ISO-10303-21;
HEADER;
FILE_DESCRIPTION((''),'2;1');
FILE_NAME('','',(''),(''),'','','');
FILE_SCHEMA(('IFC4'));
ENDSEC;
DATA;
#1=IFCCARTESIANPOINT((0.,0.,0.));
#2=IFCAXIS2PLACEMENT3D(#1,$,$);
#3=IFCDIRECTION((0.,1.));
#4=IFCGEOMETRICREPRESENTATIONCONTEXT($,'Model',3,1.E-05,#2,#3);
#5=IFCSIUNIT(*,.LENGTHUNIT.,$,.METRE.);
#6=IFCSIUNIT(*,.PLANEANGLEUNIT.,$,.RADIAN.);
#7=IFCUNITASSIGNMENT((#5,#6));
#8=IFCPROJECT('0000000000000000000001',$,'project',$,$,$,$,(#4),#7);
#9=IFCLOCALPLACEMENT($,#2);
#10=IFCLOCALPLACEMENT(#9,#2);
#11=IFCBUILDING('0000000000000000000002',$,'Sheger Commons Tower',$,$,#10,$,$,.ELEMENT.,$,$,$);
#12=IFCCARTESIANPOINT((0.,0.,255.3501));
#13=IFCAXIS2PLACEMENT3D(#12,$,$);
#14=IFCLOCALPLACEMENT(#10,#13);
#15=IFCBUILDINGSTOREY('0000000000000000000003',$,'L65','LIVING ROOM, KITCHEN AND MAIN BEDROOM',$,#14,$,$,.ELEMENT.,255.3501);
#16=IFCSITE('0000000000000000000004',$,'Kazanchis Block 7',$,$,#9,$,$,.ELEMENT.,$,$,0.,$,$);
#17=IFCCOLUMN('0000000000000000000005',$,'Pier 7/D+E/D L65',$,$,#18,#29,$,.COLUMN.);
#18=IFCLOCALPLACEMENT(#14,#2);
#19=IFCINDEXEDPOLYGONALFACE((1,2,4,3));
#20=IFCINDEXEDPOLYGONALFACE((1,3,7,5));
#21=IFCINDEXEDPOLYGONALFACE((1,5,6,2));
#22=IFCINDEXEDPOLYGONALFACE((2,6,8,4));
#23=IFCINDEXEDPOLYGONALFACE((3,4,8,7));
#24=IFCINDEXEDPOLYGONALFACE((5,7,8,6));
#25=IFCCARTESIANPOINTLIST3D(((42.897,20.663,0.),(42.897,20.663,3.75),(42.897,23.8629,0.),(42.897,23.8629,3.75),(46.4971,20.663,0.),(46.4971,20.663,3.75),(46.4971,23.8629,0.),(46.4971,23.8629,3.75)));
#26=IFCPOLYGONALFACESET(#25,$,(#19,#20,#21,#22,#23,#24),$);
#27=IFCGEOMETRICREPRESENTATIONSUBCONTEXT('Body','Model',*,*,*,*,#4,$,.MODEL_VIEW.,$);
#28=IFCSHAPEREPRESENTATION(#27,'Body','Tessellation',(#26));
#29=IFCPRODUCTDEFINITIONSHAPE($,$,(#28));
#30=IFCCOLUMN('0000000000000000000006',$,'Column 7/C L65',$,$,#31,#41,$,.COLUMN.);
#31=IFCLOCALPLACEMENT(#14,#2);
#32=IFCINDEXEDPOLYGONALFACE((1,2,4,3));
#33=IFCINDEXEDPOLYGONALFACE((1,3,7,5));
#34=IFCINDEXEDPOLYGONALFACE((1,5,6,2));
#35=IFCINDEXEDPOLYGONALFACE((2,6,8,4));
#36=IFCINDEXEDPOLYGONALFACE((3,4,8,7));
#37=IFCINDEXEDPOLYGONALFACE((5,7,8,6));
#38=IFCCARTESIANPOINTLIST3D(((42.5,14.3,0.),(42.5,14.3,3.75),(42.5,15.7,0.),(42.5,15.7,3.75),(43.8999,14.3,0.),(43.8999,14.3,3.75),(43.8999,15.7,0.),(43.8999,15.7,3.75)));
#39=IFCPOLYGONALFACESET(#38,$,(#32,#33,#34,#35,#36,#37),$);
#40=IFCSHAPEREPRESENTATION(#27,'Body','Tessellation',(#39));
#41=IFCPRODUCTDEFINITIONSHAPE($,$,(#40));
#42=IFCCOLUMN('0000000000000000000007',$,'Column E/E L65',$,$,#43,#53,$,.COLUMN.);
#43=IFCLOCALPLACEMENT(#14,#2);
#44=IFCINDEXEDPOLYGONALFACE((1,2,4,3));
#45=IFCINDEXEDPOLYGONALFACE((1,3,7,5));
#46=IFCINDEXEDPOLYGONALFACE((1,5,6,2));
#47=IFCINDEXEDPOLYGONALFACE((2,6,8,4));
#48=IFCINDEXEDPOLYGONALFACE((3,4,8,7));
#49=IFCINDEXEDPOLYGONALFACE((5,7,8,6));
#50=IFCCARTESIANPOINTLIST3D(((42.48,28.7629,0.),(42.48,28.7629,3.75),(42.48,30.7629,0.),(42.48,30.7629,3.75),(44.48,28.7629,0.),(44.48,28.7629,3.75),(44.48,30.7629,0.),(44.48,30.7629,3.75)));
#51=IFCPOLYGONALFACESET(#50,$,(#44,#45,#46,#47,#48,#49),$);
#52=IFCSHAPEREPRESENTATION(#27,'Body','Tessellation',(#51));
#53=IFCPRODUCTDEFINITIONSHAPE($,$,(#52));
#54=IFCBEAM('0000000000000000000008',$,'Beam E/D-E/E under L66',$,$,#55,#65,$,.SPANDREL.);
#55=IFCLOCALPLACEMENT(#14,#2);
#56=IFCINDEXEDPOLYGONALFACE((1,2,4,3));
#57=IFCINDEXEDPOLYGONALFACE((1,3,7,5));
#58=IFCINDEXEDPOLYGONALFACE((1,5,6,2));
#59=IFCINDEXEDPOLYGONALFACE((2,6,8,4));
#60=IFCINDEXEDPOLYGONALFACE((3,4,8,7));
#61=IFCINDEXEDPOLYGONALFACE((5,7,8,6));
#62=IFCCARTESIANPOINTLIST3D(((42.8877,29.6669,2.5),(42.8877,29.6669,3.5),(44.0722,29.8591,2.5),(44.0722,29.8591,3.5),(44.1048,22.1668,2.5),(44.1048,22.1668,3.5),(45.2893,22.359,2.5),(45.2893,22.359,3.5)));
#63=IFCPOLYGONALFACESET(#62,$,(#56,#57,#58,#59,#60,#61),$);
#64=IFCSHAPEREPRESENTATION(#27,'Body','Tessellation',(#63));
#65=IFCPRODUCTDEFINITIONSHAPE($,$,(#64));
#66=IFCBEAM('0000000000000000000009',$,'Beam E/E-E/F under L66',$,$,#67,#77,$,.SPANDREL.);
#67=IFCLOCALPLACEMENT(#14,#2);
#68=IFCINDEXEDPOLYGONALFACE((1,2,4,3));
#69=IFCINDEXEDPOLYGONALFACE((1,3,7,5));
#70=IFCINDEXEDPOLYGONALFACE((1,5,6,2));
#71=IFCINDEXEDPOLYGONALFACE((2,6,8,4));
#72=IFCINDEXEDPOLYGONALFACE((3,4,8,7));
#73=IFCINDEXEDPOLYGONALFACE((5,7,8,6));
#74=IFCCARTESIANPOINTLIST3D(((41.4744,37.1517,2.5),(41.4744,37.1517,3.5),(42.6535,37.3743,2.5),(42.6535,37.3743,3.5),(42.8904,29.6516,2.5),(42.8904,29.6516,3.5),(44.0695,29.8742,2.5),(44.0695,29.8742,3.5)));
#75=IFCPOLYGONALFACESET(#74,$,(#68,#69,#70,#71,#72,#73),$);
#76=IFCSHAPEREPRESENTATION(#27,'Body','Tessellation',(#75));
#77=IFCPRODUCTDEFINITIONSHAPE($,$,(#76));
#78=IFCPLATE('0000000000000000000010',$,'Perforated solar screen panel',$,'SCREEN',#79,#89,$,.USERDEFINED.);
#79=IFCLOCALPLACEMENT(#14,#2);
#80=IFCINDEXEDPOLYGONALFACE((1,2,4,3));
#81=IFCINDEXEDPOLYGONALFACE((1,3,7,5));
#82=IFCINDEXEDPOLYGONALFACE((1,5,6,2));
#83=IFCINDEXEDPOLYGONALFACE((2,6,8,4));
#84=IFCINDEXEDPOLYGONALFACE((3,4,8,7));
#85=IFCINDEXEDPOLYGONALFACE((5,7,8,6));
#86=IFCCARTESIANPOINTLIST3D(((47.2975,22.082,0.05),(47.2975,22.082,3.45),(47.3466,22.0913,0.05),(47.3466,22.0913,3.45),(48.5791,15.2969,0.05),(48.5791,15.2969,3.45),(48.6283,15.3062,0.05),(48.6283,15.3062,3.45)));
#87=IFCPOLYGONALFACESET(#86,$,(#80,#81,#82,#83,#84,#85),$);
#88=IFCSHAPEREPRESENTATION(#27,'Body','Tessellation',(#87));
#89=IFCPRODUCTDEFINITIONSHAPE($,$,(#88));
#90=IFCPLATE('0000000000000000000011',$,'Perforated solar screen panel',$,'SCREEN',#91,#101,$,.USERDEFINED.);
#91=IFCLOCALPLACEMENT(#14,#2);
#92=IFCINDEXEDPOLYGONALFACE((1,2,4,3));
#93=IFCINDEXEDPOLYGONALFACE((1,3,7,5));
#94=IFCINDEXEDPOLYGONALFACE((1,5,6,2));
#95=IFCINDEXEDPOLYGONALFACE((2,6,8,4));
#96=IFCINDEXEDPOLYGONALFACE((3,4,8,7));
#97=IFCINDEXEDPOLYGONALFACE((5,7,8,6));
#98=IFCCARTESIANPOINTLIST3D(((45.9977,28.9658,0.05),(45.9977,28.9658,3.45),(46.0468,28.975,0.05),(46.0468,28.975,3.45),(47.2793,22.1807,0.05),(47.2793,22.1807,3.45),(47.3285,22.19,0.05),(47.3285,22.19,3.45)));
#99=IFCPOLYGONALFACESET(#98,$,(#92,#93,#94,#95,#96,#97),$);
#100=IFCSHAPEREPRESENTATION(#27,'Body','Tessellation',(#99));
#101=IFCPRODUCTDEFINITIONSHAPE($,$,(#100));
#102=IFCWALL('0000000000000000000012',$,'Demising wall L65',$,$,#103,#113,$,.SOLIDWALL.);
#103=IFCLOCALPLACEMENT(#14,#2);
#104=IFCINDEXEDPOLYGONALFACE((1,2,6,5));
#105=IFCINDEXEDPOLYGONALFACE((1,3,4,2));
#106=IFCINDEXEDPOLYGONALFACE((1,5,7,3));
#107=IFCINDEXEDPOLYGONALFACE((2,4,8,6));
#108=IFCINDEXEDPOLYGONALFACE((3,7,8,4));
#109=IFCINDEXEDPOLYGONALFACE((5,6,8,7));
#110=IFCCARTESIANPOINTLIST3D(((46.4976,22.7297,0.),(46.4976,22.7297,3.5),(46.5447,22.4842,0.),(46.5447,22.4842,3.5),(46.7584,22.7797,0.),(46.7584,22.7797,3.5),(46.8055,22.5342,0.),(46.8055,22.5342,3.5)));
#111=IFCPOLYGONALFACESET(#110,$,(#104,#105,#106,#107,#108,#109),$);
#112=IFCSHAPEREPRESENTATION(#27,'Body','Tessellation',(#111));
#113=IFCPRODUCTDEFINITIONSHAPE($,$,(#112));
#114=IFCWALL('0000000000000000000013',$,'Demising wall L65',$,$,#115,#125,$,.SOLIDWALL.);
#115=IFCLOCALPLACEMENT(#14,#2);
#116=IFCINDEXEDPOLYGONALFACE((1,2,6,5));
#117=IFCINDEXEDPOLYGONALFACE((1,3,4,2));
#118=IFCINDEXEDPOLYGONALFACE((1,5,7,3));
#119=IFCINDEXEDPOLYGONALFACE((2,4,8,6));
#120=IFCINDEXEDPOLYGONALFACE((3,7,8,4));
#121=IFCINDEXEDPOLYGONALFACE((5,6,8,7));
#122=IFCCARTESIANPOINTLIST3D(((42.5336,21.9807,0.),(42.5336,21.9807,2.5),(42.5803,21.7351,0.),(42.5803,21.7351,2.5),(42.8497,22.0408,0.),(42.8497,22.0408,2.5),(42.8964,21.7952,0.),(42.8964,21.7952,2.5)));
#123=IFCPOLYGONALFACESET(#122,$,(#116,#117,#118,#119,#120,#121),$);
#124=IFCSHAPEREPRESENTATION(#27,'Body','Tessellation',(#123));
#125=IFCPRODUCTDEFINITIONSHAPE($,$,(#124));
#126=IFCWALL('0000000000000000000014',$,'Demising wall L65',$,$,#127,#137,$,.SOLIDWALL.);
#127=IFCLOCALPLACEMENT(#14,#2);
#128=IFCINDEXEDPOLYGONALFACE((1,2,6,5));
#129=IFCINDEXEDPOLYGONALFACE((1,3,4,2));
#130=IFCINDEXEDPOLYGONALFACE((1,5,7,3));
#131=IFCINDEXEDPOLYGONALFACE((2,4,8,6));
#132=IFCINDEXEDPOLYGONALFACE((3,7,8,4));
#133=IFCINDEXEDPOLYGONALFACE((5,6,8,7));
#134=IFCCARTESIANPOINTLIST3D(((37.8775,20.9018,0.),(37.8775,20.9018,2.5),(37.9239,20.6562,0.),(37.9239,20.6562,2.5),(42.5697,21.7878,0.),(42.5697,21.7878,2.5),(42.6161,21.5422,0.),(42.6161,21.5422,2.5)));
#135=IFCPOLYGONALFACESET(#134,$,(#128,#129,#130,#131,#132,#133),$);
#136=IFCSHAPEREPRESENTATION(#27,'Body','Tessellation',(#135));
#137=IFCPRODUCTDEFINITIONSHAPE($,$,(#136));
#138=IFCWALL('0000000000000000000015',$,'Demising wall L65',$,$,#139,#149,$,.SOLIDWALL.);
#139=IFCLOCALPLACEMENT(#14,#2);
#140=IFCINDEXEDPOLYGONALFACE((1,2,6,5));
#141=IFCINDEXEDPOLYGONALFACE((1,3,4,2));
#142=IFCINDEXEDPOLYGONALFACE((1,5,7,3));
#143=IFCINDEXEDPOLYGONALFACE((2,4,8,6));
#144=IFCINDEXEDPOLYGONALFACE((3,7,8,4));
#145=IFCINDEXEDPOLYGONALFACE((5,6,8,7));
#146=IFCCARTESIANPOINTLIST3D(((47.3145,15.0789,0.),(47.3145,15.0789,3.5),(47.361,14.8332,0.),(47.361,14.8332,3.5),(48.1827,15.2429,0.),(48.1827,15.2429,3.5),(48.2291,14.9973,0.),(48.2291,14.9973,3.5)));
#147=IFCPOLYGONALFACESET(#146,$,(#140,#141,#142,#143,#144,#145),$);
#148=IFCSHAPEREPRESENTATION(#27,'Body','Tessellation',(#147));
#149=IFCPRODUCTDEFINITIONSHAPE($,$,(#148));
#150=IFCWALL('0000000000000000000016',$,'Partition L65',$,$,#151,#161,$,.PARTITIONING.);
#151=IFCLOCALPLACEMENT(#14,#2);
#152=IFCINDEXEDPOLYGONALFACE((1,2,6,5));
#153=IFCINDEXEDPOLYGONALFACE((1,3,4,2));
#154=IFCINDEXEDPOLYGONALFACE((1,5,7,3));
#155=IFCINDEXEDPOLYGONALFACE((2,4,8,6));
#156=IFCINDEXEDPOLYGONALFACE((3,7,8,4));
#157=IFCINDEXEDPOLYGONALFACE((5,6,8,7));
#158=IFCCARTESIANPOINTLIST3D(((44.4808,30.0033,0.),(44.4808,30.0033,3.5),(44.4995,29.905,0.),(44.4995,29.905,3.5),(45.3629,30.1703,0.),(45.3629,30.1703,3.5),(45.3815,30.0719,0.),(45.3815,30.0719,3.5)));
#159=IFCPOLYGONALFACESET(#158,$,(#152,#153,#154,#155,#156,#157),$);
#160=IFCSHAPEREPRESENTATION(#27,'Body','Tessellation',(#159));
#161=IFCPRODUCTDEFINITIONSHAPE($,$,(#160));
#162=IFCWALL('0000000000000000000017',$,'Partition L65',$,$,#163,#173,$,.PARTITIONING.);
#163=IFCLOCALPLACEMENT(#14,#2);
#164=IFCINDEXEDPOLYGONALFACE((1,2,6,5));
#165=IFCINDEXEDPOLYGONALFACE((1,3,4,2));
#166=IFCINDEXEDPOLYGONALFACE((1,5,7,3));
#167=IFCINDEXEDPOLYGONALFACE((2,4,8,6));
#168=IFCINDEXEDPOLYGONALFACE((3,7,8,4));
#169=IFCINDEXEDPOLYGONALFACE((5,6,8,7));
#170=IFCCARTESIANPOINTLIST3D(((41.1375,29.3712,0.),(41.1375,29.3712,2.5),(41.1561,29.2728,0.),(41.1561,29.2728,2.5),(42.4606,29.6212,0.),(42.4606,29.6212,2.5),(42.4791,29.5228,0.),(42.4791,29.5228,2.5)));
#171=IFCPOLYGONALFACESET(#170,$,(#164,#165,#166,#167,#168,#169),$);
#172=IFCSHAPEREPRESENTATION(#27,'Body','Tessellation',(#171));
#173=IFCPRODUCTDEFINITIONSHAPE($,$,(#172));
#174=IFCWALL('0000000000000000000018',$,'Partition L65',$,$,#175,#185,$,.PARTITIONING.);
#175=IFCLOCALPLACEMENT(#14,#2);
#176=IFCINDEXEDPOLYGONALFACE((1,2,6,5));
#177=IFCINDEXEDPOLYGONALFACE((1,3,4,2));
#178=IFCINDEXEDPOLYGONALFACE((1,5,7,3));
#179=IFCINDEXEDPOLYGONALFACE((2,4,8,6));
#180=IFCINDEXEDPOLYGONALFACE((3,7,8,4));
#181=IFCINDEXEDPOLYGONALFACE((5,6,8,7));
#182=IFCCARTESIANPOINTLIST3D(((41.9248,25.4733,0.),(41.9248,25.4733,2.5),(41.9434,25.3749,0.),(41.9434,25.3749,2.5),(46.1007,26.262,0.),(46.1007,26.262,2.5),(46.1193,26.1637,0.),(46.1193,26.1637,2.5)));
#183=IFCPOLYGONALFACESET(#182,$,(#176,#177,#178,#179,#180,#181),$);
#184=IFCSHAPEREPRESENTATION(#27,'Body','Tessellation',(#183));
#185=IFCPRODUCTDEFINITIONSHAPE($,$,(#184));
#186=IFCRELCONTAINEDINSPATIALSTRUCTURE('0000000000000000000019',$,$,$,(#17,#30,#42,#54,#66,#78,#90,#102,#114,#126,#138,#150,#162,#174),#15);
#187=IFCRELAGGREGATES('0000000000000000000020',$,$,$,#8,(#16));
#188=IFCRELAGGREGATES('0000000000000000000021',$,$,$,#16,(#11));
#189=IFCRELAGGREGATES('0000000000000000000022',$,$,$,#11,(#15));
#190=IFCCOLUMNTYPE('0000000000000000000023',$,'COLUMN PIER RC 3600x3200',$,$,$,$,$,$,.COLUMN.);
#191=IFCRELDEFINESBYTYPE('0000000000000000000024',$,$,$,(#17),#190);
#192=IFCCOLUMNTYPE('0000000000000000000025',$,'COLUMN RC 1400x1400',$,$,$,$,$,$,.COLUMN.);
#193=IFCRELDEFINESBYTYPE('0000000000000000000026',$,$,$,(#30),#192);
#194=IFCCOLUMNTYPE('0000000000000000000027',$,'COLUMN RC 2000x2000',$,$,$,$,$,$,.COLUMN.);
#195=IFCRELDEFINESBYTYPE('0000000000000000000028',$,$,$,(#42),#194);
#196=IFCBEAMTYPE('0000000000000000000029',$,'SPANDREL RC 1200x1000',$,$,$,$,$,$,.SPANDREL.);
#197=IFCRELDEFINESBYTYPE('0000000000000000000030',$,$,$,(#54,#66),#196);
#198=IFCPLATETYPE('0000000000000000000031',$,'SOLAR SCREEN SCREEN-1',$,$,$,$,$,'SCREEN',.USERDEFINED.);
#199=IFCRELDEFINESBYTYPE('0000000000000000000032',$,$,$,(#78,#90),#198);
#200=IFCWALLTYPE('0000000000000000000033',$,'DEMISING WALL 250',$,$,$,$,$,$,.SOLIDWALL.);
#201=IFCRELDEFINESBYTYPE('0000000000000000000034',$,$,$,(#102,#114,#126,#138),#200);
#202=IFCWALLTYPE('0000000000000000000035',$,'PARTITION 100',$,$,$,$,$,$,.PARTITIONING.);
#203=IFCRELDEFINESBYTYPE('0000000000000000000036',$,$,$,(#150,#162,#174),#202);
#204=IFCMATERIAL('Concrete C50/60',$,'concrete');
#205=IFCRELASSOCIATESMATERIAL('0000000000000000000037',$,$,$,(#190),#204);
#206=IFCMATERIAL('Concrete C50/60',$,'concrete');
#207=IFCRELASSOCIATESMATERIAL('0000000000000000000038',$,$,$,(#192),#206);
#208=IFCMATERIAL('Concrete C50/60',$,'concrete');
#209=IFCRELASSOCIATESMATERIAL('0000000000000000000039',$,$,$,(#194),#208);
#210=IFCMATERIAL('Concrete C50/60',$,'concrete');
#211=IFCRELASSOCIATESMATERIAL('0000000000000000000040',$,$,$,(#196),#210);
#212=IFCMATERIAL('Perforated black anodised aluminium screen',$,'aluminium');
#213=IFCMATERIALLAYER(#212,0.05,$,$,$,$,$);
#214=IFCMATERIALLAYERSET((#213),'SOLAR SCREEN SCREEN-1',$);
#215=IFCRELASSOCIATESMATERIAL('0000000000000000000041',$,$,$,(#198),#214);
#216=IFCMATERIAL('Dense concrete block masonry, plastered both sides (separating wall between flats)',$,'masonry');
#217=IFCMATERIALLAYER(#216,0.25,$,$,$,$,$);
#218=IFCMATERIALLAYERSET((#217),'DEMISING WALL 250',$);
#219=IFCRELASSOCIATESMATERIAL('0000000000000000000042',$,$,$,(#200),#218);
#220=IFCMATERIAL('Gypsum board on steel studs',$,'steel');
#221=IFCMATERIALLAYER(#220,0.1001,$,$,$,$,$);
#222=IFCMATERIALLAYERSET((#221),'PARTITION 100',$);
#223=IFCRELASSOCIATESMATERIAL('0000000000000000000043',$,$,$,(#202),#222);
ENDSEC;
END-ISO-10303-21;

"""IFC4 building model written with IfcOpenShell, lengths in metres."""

from ifc_helpers import new_model, si_unit, direction, frame, frame_2d, origin, origin_2d, place, context, subcontext, project, spatial, rectangle, extrude, material, layer, layer_set, material_profile, profile_set, type_object, element, save


model = new_model("IFC4")

# Units and contexts
model_context = context("Model", 3, precision=1e-05, world=origin(), true_north=direction((0.0, 1.0)))
body_context = subcontext(model_context, "Body", "Model", "MODEL_VIEW")
ifc_project = project(units=[si_unit("LENGTHUNIT", "METRE"), si_unit("PLANEANGLEUNIT", "RADIAN")], contexts=[model_context])

# Site, building, storey
site_placement = place(None, origin())
site = spatial("IfcSite", under=ifc_project, at=site_placement, Name="Kazanchis Block 7", CompositionType="ELEMENT", RefElevation=0.0)
building_placement = place(site_placement, origin())
building = spatial("IfcBuilding", under=site, at=building_placement, Name="Sheger Commons Tower", CompositionType="ELEMENT")
storey_placement = place(building_placement, frame((0.0, 0.0, 255.3501)))
storey = spatial("IfcBuildingStorey", under=building, at=storey_placement, Name="L65", Description="LIVING ROOM, KITCHEN AND MAIN BEDROOM", CompositionType="ELEMENT", Elevation=255.3501)

# Columns
ifc_material_1 = material(Name="Concrete C50/60", Category="concrete")
ifc_material_profile_1 = material_profile(ifc_material_1, rectangle(XDim=3.6001, YDim=3.2, at=origin_2d()), Name="RC 3600x3200")
ifc_profile_set_1 = profile_set([ifc_material_profile_1], Name="Concrete C50/60")
column_type_1 = type_object("IfcColumnType", Name="COLUMN PIER RC 3600x3200", PredefinedType="COLUMN", material=ifc_profile_set_1)
column_1_placement = place(storey_placement, frame((44.697, 22.2629, 0.0), z_axis=(0.0, 0.0, 1.0), x_axis=(1.0, 0.0, 0.0)))
element("IfcColumn", 1, at=column_1_placement, inside=storey, type_object=column_type_1, Name="Pier 7/D+E/D L65", PredefinedType="COLUMN", context=body_context, shape_type="SweptSolid", body=[
    extrude(rectangle(XDim=3.6001, YDim=3.2, at=origin_2d()), origin(), (0.0, 0.0, 1.0), 3.75),
])
ifc_material_2 = material(Name="Concrete C50/60", Category="concrete")
ifc_material_profile_2 = material_profile(ifc_material_2, rectangle(XDim=1.3999, YDim=1.3999, at=origin_2d()), Name="RC 1400x1400")
ifc_profile_set_2 = profile_set([ifc_material_profile_2], Name="Concrete C50/60")
column_type_2 = type_object("IfcColumnType", Name="COLUMN RC 1400x1400", PredefinedType="COLUMN", material=ifc_profile_set_2)
column_2_placement = place(storey_placement, frame((43.2, 15.0, 0.0), z_axis=(0.0, 0.0, 1.0), x_axis=(1.0, 0.0, 0.0)))
element("IfcColumn", 2, at=column_2_placement, inside=storey, type_object=column_type_2, Name="Column 7/C L65", PredefinedType="COLUMN", context=body_context, shape_type="SweptSolid", body=[
    extrude(rectangle(XDim=1.3999, YDim=1.3999, at=origin_2d()), origin(), (0.0, 0.0, 1.0), 3.75),
])
ifc_material_3 = material(Name="Concrete C50/60", Category="concrete")
ifc_material_profile_3 = material_profile(ifc_material_3, rectangle(XDim=2.0, YDim=2.0, at=origin_2d()), Name="RC 2000x2000")
ifc_profile_set_3 = profile_set([ifc_material_profile_3], Name="Concrete C50/60")
column_type_3 = type_object("IfcColumnType", Name="COLUMN RC 2000x2000", PredefinedType="COLUMN", material=ifc_profile_set_3)
column_3_placement = place(storey_placement, frame((43.48, 29.7629, 0.0), z_axis=(0.0, 0.0, 1.0), x_axis=(1.0, 0.0, 0.0)))
element("IfcColumn", 3, at=column_3_placement, inside=storey, type_object=column_type_3, Name="Column E/E L65", PredefinedType="COLUMN", context=body_context, shape_type="SweptSolid", body=[
    extrude(rectangle(XDim=2.0, YDim=2.0, at=origin_2d()), origin(), (0.0, 0.0, 1.0), 3.75),
])

# Beams
ifc_material_4 = material(Name="Concrete C50/60", Category="concrete")
ifc_material_profile_4 = material_profile(ifc_material_4, rectangle(XDim=1.2, YDim=1.0, at=origin_2d()), Name="RC 1200x1000")
ifc_profile_set_4 = profile_set([ifc_material_profile_4], Name="Concrete C50/60")
beam_type = type_object("IfcBeamType", Name="SPANDREL RC 1200x1000", PredefinedType="SPANDREL", material=ifc_profile_set_4)
beam_1_placement = place(storey_placement, frame((44.697, 22.2629, 3.0), z_axis=(-0.160177, 0.987088, 0.0), x_axis=(-0.987088, -0.160177, 0.0)))
element("IfcBeam", 4, at=beam_1_placement, inside=storey, type_object=beam_type, Name="Beam E/D-E/E under L66", PredefinedType="SPANDREL", context=body_context, shape_type="SweptSolid", body=[
    extrude(rectangle(XDim=1.2, YDim=1.0, at=origin_2d()), origin(), (0.0, 0.0, 1.0), 7.5981),
])
beam_2_placement = place(storey_placement, frame((43.48, 29.7629, 3.0), z_axis=(-0.185524, 0.98264, 0.0), x_axis=(-0.98264, -0.185524, 0.0)))
element("IfcBeam", 5, at=beam_2_placement, inside=storey, type_object=beam_type, Name="Beam E/E-E/F under L66", PredefinedType="SPANDREL", context=body_context, shape_type="SweptSolid", body=[
    extrude(rectangle(XDim=1.2, YDim=1.0, at=origin_2d()), origin(), (0.0, 0.0, 1.0), 7.6326),
])

# Plates
ifc_material_5 = material(Name="Perforated black anodised aluminium screen", Category="aluminium")
ifc_layer_1 = layer(ifc_material_5, 0.05)
ifc_layer_set_1 = layer_set([ifc_layer_1], Name="SOLAR SCREEN SCREEN-1")
plate_type = type_object("IfcPlateType", Name="SOLAR SCREEN SCREEN-1", ElementType="SCREEN", PredefinedType="USERDEFINED", material=ifc_layer_set_1)
for number, where, z_axis, x_axis, name in (
    (6, (47.9629, 18.6941, 0.05), (0.0, 0.0, 1.0), (-0.185615, 0.982623, 0.0), "Perforated solar screen panel"),
    (7, (46.6631, 25.5779, 0.05), (0.0, 0.0, 1.0), (-0.185615, 0.982623, 0.0), "Perforated solar screen panel"),
):
    element("IfcPlate", number, at=place(storey_placement, frame(where, z_axis=z_axis, x_axis=x_axis)), inside=storey, type_object=plate_type, Name=name, ObjectType="SCREEN", PredefinedType="USERDEFINED", context=body_context, shape_type="SweptSolid", body=[
        extrude(rectangle(XDim=6.905, YDim=0.05, at=origin_2d()), origin(), (0.0, 0.0, 1.0), 3.3999),
    ])

# Walls
ifc_material_6 = material(Name="Dense concrete block masonry, plastered both sides (separating wall between flats)", Category="masonry")
ifc_layer_2 = layer(ifc_material_6, 0.25)
ifc_layer_set_2 = layer_set([ifc_layer_2], Name="DEMISING WALL 250")
wall_type_1 = type_object("IfcWallType", Name="DEMISING WALL 250", PredefinedType="SOLIDWALL", material=ifc_layer_set_2)
wall_1_placement = place(storey_placement, frame((46.782, 22.657, 0.0), z_axis=(0.0, 0.0, 1.0), x_axis=(-0.982105, -0.188336, 0.0)))
element("IfcWall", 8, at=wall_1_placement, inside=storey, type_object=wall_type_1, Name="Demising wall L65", PredefinedType="SOLIDWALL", context=body_context, shape_type="SweptSolid", body=[
    extrude(rectangle(XDim=0.2656, YDim=0.25, at=frame_2d((0.1328, 0.0))), origin(), (0.0, 0.0, 1.0), 3.5),
])
wall_2_placement = place(storey_placement, frame((42.873, 21.918, 0.0), z_axis=(0.0, 0.0, 1.0), x_axis=(-0.982431, -0.186624, 0.0)))
element("IfcWall", 9, at=wall_2_placement, inside=storey, type_object=wall_type_1, Name="Demising wall L65", PredefinedType="SOLIDWALL", context=body_context, shape_type="SweptSolid", body=[
    extrude(rectangle(XDim=0.3218, YDim=0.25, at=frame_2d((0.1609, 0.0))), origin(), (0.0, 0.0, 1.0), 2.5),
])
wall_3_placement = place(storey_placement, frame((42.593, 21.665, 0.0), z_axis=(0.0, 0.0, 1.0), x_axis=(-0.982636, -0.185545, 0.0)))
element("IfcWall", 10, at=wall_3_placement, inside=storey, type_object=wall_type_1, Name="Demising wall L65", PredefinedType="SOLIDWALL", context=body_context, shape_type="SweptSolid", body=[
    extrude(rectangle(XDim=4.7751, YDim=0.25, at=frame_2d((2.3877, 0.0))), origin(), (0.0, 0.0, 1.0), 2.5),
])
wall_4_placement = place(storey_placement, frame((48.2061, 15.1201, 0.0), z_axis=(0.0, 0.0, 1.0), x_axis=(-0.982608, -0.18569, 0.0)))
element("IfcWall", 11, at=wall_4_placement, inside=storey, type_object=wall_type_1, Name="Demising wall L65", PredefinedType="SOLIDWALL", context=body_context, shape_type="SweptSolid", body=[
    extrude(rectangle(XDim=0.8835, YDim=0.25, at=frame_2d((0.4419, 0.0))), origin(), (0.0, 0.0, 1.0), 3.5),
])
ifc_material_7 = material(Name="Gypsum board on steel studs", Category="steel")
ifc_layer_3 = layer(ifc_material_7, 0.1001)
ifc_layer_set_3 = layer_set([ifc_layer_3], Name="PARTITION 100")
wall_type_2 = type_object("IfcWallType", Name="PARTITION 100", PredefinedType="PARTITIONING", material=ifc_layer_set_3)
wall_5_placement = place(storey_placement, frame((45.3721, 30.1211, 0.0), z_axis=(0.0, 0.0, 1.0), x_axis=(-0.982547, -0.186012, 0.0)))
element("IfcWall", 12, at=wall_5_placement, inside=storey, type_object=wall_type_2, Name="Partition L65", PredefinedType="PARTITIONING", context=body_context, shape_type="SweptSolid", body=[
    extrude(rectangle(XDim=0.8977, YDim=0.1001, at=frame_2d((0.4487, 0.0))), origin(), (0.0, 0.0, 1.0), 3.5),
])
wall_6_placement = place(storey_placement, frame((42.47, 29.572, 0.0), z_axis=(0.0, 0.0, 1.0), x_axis=(-0.982611, -0.185679, 0.0)))
element("IfcWall", 13, at=wall_6_placement, inside=storey, type_object=wall_type_2, Name="Partition L65", PredefinedType="PARTITIONING", context=body_context, shape_type="SweptSolid", body=[
    extrude(rectangle(XDim=1.3464, YDim=0.1001, at=frame_2d((0.6733, 0.0))), origin(), (0.0, 0.0, 1.0), 2.5),
])
wall_7_placement = place(storey_placement, frame((46.1101, 26.2129, 0.0), z_axis=(0.0, 0.0, 1.0), x_axis=(-0.982624, -0.18561, 0.0)))
element("IfcWall", 14, at=wall_7_placement, inside=storey, type_object=wall_type_2, Name="Partition L65", PredefinedType="PARTITIONING", context=body_context, shape_type="SweptSolid", body=[
    extrude(rectangle(XDim=4.2498, YDim=0.1001, at=frame_2d((2.125, 0.0))), origin(), (0.0, 0.0, 1.0), 2.5),
])

save(model, "model.ifc")
